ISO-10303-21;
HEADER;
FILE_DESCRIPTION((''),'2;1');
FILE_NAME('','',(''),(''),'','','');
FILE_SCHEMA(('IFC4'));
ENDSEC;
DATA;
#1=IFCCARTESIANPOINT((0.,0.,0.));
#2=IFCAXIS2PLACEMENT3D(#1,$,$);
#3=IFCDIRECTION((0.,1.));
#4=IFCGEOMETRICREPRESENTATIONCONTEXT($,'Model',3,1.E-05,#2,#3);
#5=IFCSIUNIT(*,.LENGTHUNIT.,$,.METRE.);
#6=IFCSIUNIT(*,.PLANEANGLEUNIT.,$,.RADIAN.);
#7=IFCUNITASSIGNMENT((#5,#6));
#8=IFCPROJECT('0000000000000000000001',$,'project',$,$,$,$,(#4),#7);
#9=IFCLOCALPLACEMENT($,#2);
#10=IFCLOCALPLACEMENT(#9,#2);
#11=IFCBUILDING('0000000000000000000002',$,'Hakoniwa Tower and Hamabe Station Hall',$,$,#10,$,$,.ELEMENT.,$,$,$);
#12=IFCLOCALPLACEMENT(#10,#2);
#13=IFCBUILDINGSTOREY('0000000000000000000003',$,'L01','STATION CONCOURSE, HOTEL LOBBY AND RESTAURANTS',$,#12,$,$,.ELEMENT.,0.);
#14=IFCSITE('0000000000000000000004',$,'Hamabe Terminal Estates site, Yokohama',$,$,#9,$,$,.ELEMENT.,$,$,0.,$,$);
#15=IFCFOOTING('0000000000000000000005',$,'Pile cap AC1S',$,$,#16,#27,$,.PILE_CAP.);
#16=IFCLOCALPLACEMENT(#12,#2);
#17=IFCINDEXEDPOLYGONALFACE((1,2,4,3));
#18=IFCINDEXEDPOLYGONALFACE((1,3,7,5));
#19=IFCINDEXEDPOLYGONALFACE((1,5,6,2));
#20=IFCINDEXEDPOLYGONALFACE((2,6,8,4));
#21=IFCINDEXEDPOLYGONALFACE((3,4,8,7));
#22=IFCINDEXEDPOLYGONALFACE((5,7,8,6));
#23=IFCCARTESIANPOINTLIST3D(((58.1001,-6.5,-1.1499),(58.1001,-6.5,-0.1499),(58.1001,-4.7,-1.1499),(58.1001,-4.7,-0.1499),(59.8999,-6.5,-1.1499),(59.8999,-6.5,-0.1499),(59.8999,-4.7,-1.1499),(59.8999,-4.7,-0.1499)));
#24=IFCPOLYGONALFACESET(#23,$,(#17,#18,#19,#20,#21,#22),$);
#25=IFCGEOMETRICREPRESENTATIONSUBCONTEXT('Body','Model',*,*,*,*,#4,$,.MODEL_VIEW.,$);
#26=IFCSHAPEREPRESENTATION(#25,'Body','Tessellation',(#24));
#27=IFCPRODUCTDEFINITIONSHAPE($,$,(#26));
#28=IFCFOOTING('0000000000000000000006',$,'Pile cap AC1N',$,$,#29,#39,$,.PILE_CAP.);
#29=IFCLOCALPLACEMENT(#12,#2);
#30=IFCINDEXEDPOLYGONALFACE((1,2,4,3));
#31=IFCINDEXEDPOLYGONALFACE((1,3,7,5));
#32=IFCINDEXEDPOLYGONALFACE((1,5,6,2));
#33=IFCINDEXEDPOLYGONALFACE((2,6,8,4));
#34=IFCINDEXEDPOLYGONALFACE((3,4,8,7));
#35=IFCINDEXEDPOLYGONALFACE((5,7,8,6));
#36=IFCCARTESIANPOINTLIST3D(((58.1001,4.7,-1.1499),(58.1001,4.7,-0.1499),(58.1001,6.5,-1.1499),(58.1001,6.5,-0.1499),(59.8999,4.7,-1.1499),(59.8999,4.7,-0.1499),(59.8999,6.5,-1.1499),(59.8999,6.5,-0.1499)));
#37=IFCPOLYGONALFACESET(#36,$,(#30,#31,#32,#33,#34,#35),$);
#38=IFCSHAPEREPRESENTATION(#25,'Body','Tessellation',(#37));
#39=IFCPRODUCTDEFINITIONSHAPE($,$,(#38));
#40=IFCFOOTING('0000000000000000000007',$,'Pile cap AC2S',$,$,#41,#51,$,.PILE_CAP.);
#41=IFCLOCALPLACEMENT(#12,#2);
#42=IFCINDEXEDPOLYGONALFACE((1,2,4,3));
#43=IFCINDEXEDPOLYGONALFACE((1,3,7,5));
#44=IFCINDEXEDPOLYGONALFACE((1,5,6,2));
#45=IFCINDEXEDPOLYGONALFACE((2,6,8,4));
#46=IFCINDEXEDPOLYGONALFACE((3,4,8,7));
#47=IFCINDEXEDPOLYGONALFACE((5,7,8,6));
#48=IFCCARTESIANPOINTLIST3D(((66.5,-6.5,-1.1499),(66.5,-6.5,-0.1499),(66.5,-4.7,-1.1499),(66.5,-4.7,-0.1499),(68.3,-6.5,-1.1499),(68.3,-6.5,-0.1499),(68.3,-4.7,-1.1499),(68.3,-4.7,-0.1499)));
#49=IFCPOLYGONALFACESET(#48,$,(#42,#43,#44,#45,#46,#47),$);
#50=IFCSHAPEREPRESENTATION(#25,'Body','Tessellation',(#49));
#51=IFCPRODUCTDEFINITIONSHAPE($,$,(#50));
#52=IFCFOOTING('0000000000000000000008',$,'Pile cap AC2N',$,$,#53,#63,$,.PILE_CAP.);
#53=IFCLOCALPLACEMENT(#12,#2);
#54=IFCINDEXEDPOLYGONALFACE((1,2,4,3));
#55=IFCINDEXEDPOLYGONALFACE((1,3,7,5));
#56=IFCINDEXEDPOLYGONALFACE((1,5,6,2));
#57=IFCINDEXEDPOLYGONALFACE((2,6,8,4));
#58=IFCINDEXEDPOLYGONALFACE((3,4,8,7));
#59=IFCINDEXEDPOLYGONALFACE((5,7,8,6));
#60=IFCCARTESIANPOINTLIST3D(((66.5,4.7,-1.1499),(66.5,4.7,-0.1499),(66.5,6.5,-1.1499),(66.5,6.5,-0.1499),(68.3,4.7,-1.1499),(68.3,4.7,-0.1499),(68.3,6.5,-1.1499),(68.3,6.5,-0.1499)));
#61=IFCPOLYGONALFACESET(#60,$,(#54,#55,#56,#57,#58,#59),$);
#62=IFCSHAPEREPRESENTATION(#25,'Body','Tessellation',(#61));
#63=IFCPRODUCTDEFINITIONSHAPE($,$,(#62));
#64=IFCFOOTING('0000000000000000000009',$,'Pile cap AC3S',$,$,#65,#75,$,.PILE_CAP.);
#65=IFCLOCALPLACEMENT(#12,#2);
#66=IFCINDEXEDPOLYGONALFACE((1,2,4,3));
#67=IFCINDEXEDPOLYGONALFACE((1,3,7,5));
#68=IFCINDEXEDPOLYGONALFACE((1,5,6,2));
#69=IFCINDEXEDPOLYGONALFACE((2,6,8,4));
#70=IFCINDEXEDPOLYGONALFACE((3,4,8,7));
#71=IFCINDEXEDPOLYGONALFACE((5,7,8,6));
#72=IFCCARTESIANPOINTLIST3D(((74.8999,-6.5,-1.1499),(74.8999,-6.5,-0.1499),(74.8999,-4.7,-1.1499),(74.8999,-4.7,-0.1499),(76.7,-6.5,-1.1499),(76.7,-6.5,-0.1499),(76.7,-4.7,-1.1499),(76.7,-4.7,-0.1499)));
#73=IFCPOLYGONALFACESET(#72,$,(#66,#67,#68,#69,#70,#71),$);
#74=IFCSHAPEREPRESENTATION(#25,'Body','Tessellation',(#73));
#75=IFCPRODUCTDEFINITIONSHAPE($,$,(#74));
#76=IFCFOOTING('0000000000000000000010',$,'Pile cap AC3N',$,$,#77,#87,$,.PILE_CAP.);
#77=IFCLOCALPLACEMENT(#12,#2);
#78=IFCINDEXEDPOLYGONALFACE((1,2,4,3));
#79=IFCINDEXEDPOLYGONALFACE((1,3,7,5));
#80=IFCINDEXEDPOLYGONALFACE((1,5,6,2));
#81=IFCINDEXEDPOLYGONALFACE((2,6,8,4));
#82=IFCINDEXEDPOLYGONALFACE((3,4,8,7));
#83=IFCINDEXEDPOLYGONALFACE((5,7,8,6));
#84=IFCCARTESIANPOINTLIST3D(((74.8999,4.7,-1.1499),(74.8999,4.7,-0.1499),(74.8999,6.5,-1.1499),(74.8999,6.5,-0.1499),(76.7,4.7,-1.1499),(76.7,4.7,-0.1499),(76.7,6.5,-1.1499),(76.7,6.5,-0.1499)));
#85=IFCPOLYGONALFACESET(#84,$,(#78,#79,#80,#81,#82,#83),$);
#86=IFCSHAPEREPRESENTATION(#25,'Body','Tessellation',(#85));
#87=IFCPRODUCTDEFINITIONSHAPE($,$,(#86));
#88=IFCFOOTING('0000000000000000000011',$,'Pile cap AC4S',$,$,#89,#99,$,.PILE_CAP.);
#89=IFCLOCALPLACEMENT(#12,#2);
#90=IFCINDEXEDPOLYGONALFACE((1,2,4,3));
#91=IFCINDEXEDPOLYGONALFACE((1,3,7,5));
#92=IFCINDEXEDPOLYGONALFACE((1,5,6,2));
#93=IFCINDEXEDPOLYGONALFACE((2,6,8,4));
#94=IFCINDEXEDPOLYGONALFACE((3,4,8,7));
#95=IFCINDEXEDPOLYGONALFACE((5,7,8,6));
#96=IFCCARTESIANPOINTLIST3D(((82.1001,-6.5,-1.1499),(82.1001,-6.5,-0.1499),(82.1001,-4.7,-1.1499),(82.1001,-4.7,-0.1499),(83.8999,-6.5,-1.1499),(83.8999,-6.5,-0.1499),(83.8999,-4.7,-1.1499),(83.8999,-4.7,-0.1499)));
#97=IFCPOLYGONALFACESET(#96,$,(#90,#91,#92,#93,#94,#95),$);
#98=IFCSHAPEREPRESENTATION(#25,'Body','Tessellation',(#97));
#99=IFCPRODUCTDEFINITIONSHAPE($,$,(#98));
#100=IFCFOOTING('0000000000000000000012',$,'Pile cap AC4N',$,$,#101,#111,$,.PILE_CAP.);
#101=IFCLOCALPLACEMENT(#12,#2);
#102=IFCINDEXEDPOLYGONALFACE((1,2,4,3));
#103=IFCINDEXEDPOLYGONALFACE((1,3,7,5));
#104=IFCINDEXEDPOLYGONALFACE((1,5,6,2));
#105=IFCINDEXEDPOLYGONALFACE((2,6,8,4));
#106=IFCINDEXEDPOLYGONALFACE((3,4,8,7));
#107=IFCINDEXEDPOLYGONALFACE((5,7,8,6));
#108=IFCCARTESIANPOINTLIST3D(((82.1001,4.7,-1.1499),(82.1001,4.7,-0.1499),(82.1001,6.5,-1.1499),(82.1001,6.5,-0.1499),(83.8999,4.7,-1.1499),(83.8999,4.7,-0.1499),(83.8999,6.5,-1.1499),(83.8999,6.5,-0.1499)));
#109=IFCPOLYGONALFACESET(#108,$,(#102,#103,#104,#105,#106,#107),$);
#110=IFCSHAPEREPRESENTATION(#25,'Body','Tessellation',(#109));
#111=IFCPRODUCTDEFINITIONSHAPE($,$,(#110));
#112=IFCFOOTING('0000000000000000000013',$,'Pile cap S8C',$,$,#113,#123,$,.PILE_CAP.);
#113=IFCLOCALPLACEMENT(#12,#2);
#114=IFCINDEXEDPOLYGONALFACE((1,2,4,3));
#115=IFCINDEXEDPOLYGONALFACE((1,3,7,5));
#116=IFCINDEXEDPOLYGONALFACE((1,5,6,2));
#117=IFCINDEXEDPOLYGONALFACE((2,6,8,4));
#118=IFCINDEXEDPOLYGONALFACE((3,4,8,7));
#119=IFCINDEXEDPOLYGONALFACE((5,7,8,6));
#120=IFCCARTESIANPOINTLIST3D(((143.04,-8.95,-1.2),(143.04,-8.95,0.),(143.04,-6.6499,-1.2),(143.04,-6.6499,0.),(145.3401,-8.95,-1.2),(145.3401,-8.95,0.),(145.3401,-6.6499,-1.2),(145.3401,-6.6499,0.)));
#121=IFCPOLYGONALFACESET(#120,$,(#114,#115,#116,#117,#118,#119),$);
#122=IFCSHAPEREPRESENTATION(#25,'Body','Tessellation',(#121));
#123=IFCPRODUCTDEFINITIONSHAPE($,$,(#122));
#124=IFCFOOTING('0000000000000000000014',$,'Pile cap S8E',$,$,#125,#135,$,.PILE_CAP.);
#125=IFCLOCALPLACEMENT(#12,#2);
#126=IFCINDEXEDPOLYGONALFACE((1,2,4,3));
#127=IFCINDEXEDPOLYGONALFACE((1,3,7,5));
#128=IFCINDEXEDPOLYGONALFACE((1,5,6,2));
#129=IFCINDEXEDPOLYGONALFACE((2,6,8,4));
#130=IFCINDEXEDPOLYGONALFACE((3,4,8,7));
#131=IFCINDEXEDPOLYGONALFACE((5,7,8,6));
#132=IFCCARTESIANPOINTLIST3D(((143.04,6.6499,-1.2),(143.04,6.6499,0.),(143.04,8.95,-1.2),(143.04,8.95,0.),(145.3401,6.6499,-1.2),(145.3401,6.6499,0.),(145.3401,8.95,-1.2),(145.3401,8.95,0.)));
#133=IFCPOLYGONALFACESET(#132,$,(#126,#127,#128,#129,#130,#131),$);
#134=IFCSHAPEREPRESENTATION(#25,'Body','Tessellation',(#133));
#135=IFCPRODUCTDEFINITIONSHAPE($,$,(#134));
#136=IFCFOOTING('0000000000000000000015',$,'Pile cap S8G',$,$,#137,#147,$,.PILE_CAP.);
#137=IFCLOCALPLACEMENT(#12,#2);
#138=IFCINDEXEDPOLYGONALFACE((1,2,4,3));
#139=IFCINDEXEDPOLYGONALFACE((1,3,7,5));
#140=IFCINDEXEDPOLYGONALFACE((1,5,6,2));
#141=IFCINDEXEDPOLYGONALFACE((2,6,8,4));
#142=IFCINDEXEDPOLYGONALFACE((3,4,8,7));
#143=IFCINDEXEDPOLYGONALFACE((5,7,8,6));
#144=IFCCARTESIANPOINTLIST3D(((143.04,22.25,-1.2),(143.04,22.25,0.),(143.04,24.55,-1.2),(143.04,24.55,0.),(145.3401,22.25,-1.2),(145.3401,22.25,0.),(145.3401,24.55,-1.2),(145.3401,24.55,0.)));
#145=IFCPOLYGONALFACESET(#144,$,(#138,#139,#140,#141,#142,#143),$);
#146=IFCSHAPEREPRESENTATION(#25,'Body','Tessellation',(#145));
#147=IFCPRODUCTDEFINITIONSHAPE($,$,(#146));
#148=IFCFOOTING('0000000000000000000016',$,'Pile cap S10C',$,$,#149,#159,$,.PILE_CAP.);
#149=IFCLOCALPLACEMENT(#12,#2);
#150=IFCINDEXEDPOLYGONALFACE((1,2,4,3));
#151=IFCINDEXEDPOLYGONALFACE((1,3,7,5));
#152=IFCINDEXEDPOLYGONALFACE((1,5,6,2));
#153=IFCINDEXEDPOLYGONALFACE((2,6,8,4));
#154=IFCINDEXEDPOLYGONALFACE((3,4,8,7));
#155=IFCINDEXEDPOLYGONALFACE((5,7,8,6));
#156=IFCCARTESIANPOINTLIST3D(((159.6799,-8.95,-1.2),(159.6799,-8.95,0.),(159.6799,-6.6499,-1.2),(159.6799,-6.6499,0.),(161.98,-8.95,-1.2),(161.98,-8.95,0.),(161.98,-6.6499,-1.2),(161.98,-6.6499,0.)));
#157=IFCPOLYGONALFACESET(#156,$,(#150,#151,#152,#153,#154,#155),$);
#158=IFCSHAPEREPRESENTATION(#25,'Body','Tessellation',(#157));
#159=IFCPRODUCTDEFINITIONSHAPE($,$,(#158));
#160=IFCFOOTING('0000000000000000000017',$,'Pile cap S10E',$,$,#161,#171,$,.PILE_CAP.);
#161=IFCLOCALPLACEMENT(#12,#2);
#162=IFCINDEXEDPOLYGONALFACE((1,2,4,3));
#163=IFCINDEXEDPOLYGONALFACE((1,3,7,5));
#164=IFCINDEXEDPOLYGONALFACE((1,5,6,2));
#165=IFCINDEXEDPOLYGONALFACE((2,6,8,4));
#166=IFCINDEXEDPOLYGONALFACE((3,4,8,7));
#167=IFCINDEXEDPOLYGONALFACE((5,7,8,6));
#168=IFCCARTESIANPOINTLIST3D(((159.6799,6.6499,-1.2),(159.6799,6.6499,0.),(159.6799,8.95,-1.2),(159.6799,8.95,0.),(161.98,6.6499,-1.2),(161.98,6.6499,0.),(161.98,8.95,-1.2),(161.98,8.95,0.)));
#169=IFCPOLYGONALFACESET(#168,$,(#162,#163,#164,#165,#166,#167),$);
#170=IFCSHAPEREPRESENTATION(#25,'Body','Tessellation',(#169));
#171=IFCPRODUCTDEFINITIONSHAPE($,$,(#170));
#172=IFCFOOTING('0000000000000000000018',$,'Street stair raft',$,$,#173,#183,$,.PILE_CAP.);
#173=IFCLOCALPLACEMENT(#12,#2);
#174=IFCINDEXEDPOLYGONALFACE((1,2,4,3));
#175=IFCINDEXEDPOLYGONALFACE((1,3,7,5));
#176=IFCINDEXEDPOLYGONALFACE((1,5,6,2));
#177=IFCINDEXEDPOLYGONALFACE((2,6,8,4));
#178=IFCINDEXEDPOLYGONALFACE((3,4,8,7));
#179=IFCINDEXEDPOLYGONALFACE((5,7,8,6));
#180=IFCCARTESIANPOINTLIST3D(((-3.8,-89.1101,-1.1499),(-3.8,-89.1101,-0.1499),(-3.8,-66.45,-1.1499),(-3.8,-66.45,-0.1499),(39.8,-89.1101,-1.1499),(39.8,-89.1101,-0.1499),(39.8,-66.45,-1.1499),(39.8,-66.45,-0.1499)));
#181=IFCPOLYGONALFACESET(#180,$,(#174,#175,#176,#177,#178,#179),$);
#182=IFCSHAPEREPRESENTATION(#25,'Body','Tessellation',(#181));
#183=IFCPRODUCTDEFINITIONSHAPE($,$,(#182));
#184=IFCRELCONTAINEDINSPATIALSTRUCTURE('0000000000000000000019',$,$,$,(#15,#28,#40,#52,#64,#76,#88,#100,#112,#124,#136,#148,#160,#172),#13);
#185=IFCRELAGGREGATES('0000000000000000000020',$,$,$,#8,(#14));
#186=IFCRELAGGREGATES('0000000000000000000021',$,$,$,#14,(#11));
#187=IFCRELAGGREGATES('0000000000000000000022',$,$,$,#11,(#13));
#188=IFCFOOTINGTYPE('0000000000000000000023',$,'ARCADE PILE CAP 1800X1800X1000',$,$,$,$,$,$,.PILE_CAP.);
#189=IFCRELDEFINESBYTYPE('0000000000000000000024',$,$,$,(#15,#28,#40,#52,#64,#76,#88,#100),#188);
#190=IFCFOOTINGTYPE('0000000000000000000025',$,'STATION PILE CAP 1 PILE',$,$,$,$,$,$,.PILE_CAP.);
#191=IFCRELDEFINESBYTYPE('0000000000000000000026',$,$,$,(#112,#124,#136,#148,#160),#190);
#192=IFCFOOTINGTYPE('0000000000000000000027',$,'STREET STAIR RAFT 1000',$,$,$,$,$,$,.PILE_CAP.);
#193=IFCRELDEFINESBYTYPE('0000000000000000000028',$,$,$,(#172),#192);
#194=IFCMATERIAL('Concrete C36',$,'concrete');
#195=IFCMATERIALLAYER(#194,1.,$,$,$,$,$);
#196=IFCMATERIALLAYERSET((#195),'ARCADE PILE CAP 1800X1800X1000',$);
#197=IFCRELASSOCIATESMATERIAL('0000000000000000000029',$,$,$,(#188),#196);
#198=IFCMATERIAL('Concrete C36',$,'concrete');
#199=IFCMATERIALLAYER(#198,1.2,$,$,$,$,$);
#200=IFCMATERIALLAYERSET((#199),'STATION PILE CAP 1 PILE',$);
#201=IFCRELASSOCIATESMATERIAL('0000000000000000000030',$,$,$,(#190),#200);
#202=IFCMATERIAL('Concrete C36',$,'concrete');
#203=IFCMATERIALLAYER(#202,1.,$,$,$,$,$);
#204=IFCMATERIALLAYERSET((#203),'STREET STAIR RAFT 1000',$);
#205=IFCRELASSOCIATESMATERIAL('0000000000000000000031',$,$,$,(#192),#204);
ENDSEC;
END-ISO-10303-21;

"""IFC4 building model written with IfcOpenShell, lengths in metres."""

from ifc_helpers import new_model, si_unit, direction, frame, origin, place, context, subcontext, project, spatial, polyline, outline, extrude, material, layer, layer_set, type_object, element, save


model = new_model("IFC4")

# Units and contexts
model_context = context("Model", 3, precision=1e-05, world=origin(), true_north=direction((0.0, 1.0)))
body_context = subcontext(model_context, "Body", "Model", "MODEL_VIEW")
ifc_project = project(units=[si_unit("LENGTHUNIT", "METRE"), si_unit("PLANEANGLEUNIT", "RADIAN")], contexts=[model_context])

# Site, building, storey
site_placement = place(None, origin())
site = spatial("IfcSite", under=ifc_project, at=site_placement, Name="Hamabe Terminal Estates site, Yokohama", CompositionType="ELEMENT", RefElevation=0.0)
building_placement = place(site_placement, origin())
building = spatial("IfcBuilding", under=site, at=building_placement, Name="Hakoniwa Tower and Hamabe Station Hall", CompositionType="ELEMENT")
storey_placement = place(building_placement, origin())
storey = spatial("IfcBuildingStorey", under=building, at=storey_placement, Name="L01", Description="STATION CONCOURSE, HOTEL LOBBY AND RESTAURANTS", CompositionType="ELEMENT", Elevation=0.0)

# Footings
ifc_material_1 = material(Name="Concrete C36", Category="concrete")
ifc_layer_1 = layer(ifc_material_1, 1.0)
ifc_layer_set_1 = layer_set([ifc_layer_1], Name="ARCADE PILE CAP 1800X1800X1000")
footing_type_1 = type_object("IfcFootingType", Name="ARCADE PILE CAP 1800X1800X1000", PredefinedType="PILE_CAP", material=ifc_layer_set_1)
footing_1_placement = place(storey_placement, frame((0.0, 0.0, -1.1499)))
element("IfcFooting", 1, at=footing_1_placement, inside=storey, type_object=footing_type_1, Name="Pile cap AC1S", PredefinedType="PILE_CAP", context=body_context, shape_type="SweptSolid", body=[
    extrude(outline(polyline([(58.1001, -6.5), (59.8999, -6.5), (59.8999, -4.7), (58.1001, -4.7), (58.1001, -6.5)])), origin(), (0.0, 0.0, 1.0), 1.0),
])
footing_2_placement = place(storey_placement, frame((0.0, 0.0, -1.1499)))
element("IfcFooting", 2, at=footing_2_placement, inside=storey, type_object=footing_type_1, Name="Pile cap AC1N", PredefinedType="PILE_CAP", context=body_context, shape_type="SweptSolid", body=[
    extrude(outline(polyline([(58.1001, 4.7), (59.8999, 4.7), (59.8999, 6.5), (58.1001, 6.5), (58.1001, 4.7)])), origin(), (0.0, 0.0, 1.0), 1.0),
])
footing_3_placement = place(storey_placement, frame((0.0, 0.0, -1.1499)))
element("IfcFooting", 3, at=footing_3_placement, inside=storey, type_object=footing_type_1, Name="Pile cap AC2S", PredefinedType="PILE_CAP", context=body_context, shape_type="SweptSolid", body=[
    extrude(outline(polyline([(66.5, -6.5), (68.3, -6.5), (68.3, -4.7), (66.5, -4.7), (66.5, -6.5)])), origin(), (0.0, 0.0, 1.0), 1.0),
])
footing_4_placement = place(storey_placement, frame((0.0, 0.0, -1.1499)))
element("IfcFooting", 4, at=footing_4_placement, inside=storey, type_object=footing_type_1, Name="Pile cap AC2N", PredefinedType="PILE_CAP", context=body_context, shape_type="SweptSolid", body=[
    extrude(outline(polyline([(66.5, 4.7), (68.3, 4.7), (68.3, 6.5), (66.5, 6.5), (66.5, 4.7)])), origin(), (0.0, 0.0, 1.0), 1.0),
])
footing_5_placement = place(storey_placement, frame((0.0, 0.0, -1.1499)))
element("IfcFooting", 5, at=footing_5_placement, inside=storey, type_object=footing_type_1, Name="Pile cap AC3S", PredefinedType="PILE_CAP", context=body_context, shape_type="SweptSolid", body=[
    extrude(outline(polyline([(74.8999, -6.5), (76.7, -6.5), (76.7, -4.7), (74.8999, -4.7), (74.8999, -6.5)])), origin(), (0.0, 0.0, 1.0), 1.0),
])
footing_6_placement = place(storey_placement, frame((0.0, 0.0, -1.1499)))
element("IfcFooting", 6, at=footing_6_placement, inside=storey, type_object=footing_type_1, Name="Pile cap AC3N", PredefinedType="PILE_CAP", context=body_context, shape_type="SweptSolid", body=[
    extrude(outline(polyline([(74.8999, 4.7), (76.7, 4.7), (76.7, 6.5), (74.8999, 6.5), (74.8999, 4.7)])), origin(), (0.0, 0.0, 1.0), 1.0),
])
footing_7_placement = place(storey_placement, frame((0.0, 0.0, -1.1499)))
element("IfcFooting", 7, at=footing_7_placement, inside=storey, type_object=footing_type_1, Name="Pile cap AC4S", PredefinedType="PILE_CAP", context=body_context, shape_type="SweptSolid", body=[
    extrude(outline(polyline([(82.1001, -6.5), (83.8999, -6.5), (83.8999, -4.7), (82.1001, -4.7), (82.1001, -6.5)])), origin(), (0.0, 0.0, 1.0), 1.0),
])
footing_8_placement = place(storey_placement, frame((0.0, 0.0, -1.1499)))
element("IfcFooting", 8, at=footing_8_placement, inside=storey, type_object=footing_type_1, Name="Pile cap AC4N", PredefinedType="PILE_CAP", context=body_context, shape_type="SweptSolid", body=[
    extrude(outline(polyline([(82.1001, 4.7), (83.8999, 4.7), (83.8999, 6.5), (82.1001, 6.5), (82.1001, 4.7)])), origin(), (0.0, 0.0, 1.0), 1.0),
])
ifc_material_2 = material(Name="Concrete C36", Category="concrete")
ifc_layer_2 = layer(ifc_material_2, 1.2)
ifc_layer_set_2 = layer_set([ifc_layer_2], Name="STATION PILE CAP 1 PILE")
footing_type_2 = type_object("IfcFootingType", Name="STATION PILE CAP 1 PILE", PredefinedType="PILE_CAP", material=ifc_layer_set_2)
footing_9_placement = place(storey_placement, frame((0.0, 0.0, -1.2)))
element("IfcFooting", 9, at=footing_9_placement, inside=storey, type_object=footing_type_2, Name="Pile cap S8C", PredefinedType="PILE_CAP", context=body_context, shape_type="SweptSolid", body=[
    extrude(outline(polyline([(145.3401, -8.95), (145.3401, -6.6499), (143.04, -6.6499), (143.04, -8.95), (145.3401, -8.95)])), origin(), (0.0, 0.0, 1.0), 1.2),
])
footing_10_placement = place(storey_placement, frame((0.0, 0.0, -1.2)))
element("IfcFooting", 10, at=footing_10_placement, inside=storey, type_object=footing_type_2, Name="Pile cap S8E", PredefinedType="PILE_CAP", context=body_context, shape_type="SweptSolid", body=[
    extrude(outline(polyline([(145.3401, 6.6499), (145.3401, 8.95), (143.04, 8.95), (143.04, 6.6499), (145.3401, 6.6499)])), origin(), (0.0, 0.0, 1.0), 1.2),
])
footing_11_placement = place(storey_placement, frame((0.0, 0.0, -1.2)))
element("IfcFooting", 11, at=footing_11_placement, inside=storey, type_object=footing_type_2, Name="Pile cap S8G", PredefinedType="PILE_CAP", context=body_context, shape_type="SweptSolid", body=[
    extrude(outline(polyline([(145.3401, 22.25), (145.3401, 24.55), (143.04, 24.55), (143.04, 22.25), (145.3401, 22.25)])), origin(), (0.0, 0.0, 1.0), 1.2),
])
footing_12_placement = place(storey_placement, frame((0.0, 0.0, -1.2)))
element("IfcFooting", 12, at=footing_12_placement, inside=storey, type_object=footing_type_2, Name="Pile cap S10C", PredefinedType="PILE_CAP", context=body_context, shape_type="SweptSolid", body=[
    extrude(outline(polyline([(161.98, -8.95), (161.98, -6.6499), (159.6799, -6.6499), (159.6799, -8.95), (161.98, -8.95)])), origin(), (0.0, 0.0, 1.0), 1.2),
])
footing_13_placement = place(storey_placement, frame((0.0, 0.0, -1.2)))
element("IfcFooting", 13, at=footing_13_placement, inside=storey, type_object=footing_type_2, Name="Pile cap S10E", PredefinedType="PILE_CAP", context=body_context, shape_type="SweptSolid", body=[
    extrude(outline(polyline([(161.98, 6.6499), (161.98, 8.95), (159.6799, 8.95), (159.6799, 6.6499), (161.98, 6.6499)])), origin(), (0.0, 0.0, 1.0), 1.2),
])
ifc_material_3 = material(Name="Concrete C36", Category="concrete")
ifc_layer_3 = layer(ifc_material_3, 1.0)
ifc_layer_set_3 = layer_set([ifc_layer_3], Name="STREET STAIR RAFT 1000")
footing_type_3 = type_object("IfcFootingType", Name="STREET STAIR RAFT 1000", PredefinedType="PILE_CAP", material=ifc_layer_set_3)
footing_14_placement = place(storey_placement, frame((0.0, 0.0, -1.1499)))
element("IfcFooting", 14, at=footing_14_placement, inside=storey, type_object=footing_type_3, Name="Street stair raft", PredefinedType="PILE_CAP", context=body_context, shape_type="SweptSolid", body=[
    extrude(outline(polyline([(-3.8, -89.1101), (39.8, -89.1101), (39.8, -66.45), (-3.8, -66.45), (-3.8, -89.1101)])), origin(), (0.0, 0.0, 1.0), 1.0),
])

save(model, "model.ifc")
